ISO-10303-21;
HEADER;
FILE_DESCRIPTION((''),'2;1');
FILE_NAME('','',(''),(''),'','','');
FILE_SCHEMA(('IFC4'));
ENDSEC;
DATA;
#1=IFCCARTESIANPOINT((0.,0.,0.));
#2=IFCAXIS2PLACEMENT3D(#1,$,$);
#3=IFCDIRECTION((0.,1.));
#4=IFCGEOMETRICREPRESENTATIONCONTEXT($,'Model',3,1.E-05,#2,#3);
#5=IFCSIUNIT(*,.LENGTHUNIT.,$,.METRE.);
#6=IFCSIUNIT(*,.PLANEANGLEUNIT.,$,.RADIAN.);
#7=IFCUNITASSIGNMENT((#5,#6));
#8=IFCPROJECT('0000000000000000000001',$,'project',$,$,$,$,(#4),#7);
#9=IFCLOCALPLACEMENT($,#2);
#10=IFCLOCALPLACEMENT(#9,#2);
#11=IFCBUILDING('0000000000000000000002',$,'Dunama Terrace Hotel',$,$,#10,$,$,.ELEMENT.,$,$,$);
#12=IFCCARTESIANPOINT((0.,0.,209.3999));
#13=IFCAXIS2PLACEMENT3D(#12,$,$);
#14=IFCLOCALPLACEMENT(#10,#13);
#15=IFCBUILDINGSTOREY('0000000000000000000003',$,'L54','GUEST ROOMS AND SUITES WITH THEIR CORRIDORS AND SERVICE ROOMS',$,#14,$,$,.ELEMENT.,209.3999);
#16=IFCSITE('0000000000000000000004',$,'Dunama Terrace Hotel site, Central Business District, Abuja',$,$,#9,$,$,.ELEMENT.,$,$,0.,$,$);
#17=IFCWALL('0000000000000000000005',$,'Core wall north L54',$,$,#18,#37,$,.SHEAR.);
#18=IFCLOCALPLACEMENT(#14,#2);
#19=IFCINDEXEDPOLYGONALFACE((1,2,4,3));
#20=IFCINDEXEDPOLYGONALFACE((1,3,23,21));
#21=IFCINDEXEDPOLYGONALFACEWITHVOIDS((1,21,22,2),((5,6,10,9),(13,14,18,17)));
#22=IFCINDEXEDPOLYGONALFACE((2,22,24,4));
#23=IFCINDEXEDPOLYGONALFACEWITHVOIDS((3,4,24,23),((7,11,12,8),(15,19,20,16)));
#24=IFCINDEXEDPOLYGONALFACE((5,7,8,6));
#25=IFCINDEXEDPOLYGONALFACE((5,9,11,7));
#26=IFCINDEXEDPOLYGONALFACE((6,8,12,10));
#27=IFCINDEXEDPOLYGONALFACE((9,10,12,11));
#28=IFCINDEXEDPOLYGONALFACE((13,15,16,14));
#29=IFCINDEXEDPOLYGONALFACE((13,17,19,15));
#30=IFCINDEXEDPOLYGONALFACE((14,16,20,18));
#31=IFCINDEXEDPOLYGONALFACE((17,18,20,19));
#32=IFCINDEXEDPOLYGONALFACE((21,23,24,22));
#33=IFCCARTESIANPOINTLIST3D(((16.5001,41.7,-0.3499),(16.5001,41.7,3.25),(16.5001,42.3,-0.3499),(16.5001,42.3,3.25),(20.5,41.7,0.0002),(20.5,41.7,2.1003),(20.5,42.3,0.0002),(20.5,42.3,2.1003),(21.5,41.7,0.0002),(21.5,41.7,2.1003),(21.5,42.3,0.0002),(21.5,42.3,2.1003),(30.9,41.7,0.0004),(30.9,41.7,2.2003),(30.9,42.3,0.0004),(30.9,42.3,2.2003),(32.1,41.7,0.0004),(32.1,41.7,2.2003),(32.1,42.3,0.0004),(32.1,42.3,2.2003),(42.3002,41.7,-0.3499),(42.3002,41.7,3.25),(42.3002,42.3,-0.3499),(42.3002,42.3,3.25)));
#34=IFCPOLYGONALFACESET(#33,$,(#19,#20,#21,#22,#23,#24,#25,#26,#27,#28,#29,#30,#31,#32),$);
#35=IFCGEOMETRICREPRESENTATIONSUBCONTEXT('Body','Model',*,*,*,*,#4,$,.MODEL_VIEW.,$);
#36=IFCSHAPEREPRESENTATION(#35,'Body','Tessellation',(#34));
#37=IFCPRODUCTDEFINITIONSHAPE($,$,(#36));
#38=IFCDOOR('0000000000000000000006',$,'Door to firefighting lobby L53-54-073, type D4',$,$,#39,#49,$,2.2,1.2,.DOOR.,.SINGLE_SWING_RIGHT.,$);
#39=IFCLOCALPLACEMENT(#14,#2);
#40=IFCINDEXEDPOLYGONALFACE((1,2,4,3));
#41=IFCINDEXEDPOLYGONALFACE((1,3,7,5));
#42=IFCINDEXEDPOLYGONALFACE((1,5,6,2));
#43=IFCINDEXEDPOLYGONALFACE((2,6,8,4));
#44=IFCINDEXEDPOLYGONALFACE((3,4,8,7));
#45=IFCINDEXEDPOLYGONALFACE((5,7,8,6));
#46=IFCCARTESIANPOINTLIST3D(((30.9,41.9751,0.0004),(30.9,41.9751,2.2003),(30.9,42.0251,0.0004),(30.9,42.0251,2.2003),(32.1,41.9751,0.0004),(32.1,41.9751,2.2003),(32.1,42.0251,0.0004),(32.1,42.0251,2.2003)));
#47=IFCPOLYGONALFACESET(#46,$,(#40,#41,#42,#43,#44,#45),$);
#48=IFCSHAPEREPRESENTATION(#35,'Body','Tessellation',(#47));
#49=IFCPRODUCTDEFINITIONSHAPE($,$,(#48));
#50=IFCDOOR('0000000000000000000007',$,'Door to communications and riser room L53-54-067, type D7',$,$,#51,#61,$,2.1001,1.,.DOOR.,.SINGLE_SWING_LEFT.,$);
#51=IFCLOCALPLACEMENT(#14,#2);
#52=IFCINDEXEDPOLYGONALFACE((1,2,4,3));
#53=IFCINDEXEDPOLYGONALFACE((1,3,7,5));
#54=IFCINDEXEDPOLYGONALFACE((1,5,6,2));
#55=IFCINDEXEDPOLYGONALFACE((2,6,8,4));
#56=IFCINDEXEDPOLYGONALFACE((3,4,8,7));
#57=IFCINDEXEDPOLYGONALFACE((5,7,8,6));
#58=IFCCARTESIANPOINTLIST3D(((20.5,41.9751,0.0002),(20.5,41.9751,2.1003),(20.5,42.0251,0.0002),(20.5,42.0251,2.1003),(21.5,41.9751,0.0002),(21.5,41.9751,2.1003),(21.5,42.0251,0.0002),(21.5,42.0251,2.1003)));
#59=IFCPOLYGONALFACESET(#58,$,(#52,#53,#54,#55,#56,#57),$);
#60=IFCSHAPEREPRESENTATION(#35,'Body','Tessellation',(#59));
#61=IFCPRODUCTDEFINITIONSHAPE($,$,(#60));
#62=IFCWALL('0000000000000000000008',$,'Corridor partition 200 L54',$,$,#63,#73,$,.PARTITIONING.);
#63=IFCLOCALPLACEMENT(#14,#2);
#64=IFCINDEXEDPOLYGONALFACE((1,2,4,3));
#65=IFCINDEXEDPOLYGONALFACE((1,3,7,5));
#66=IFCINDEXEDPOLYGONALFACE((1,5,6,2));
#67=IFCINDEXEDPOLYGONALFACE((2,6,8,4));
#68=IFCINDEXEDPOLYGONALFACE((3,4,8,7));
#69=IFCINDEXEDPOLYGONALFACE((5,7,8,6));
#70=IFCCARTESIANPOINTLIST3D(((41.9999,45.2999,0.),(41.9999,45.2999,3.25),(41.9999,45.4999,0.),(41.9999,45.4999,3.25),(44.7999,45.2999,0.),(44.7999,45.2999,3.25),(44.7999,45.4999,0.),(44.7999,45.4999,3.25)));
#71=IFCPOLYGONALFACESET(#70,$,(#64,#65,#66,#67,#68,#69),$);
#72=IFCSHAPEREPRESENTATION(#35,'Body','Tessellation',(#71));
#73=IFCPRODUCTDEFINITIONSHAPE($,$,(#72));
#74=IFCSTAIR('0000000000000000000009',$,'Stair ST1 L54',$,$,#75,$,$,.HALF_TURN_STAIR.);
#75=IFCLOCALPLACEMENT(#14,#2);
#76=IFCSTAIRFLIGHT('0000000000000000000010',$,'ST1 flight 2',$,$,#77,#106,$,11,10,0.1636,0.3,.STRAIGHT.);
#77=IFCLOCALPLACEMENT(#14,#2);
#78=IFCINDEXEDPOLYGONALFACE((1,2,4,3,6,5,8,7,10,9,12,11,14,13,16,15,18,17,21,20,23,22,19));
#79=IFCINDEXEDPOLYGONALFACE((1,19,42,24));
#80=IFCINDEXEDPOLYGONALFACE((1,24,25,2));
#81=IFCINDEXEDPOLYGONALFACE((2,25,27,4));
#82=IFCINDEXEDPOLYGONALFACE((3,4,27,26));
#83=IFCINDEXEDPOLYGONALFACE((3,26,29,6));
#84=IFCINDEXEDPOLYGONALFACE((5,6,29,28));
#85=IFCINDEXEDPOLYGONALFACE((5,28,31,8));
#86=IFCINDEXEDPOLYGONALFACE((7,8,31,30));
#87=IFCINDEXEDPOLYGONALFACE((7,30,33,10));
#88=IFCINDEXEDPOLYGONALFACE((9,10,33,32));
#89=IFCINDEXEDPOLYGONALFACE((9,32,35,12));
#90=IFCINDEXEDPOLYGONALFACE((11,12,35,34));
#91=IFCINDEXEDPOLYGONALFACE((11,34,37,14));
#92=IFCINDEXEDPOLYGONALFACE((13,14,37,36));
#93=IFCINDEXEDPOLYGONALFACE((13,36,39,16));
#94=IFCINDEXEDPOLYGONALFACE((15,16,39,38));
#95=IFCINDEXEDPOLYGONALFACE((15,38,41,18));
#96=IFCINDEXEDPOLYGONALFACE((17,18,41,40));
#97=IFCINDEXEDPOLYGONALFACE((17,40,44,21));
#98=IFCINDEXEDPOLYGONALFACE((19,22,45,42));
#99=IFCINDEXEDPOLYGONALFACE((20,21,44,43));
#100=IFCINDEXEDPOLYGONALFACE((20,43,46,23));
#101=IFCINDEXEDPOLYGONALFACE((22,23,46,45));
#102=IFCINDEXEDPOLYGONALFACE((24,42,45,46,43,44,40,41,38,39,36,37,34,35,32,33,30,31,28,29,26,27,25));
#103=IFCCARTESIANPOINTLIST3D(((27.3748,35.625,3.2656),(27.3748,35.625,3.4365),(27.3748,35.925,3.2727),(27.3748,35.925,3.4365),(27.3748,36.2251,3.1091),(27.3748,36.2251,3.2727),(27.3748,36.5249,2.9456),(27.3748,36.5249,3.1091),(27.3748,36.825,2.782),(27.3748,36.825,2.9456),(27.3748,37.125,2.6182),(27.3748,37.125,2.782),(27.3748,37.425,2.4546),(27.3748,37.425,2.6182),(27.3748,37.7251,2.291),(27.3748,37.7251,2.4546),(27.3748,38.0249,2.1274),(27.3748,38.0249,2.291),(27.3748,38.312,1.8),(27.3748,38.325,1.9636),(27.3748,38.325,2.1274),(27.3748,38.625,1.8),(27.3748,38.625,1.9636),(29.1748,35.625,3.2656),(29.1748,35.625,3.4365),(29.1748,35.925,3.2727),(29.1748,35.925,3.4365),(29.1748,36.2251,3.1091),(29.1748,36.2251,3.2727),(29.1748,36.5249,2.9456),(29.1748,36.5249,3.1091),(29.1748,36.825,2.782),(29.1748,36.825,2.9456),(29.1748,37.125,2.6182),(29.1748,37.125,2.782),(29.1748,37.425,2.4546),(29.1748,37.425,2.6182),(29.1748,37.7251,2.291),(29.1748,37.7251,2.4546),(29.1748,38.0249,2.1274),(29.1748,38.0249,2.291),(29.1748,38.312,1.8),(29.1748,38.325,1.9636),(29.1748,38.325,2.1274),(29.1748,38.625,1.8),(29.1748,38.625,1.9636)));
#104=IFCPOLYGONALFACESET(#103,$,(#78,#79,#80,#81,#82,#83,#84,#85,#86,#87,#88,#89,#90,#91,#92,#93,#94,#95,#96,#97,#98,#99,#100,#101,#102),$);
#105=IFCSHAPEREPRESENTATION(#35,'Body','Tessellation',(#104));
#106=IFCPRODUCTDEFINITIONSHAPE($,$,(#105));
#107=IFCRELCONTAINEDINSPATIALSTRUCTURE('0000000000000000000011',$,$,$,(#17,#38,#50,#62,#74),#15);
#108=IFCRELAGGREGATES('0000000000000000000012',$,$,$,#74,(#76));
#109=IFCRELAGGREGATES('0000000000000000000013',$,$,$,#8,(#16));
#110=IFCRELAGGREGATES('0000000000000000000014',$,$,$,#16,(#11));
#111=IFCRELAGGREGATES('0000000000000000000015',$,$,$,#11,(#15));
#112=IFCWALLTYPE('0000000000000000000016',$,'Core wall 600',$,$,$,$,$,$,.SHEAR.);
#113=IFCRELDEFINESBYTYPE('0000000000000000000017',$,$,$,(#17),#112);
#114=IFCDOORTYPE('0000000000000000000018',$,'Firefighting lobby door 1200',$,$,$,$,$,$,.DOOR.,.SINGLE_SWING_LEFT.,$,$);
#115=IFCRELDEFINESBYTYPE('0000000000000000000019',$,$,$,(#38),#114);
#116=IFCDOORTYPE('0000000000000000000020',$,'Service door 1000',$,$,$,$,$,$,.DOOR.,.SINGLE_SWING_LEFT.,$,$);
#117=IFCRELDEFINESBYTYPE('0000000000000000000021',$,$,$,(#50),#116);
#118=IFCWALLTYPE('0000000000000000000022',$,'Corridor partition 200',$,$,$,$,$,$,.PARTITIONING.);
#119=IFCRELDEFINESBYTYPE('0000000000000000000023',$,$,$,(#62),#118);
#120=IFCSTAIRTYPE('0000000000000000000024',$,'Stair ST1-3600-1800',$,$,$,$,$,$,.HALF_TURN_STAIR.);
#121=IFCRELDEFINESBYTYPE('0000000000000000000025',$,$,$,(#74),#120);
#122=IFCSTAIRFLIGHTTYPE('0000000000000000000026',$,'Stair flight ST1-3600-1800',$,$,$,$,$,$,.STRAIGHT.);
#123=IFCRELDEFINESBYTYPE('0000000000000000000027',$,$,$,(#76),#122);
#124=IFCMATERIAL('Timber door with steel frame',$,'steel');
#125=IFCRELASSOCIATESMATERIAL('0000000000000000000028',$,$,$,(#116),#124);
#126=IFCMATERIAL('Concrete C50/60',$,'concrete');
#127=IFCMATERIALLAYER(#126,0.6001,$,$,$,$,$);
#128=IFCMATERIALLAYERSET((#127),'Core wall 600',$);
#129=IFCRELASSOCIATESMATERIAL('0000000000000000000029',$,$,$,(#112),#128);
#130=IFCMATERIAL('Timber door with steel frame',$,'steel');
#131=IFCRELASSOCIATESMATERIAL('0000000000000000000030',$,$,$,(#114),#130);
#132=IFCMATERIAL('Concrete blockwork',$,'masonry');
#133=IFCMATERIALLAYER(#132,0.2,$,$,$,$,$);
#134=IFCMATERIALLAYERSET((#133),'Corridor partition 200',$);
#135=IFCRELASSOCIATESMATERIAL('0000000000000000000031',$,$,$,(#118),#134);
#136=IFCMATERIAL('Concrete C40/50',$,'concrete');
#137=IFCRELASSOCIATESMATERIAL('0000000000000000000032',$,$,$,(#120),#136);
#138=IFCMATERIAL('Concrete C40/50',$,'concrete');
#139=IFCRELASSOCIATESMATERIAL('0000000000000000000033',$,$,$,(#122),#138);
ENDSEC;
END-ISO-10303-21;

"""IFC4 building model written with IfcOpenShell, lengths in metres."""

from ifc_helpers import new_model, si_unit, direction, frame, frame_2d, origin, place, context, subcontext, project, spatial, polyline, rectangle, outline, extrude, material, layer, layer_set, type_object, element, fill, aggregate, save


model = new_model("IFC4")

# Units and contexts
model_context = context("Model", 3, precision=1e-05, world=origin(), true_north=direction((0.0, 1.0)))
body_context = subcontext(model_context, "Body", "Model", "MODEL_VIEW")
ifc_project = project(units=[si_unit("LENGTHUNIT", "METRE"), si_unit("PLANEANGLEUNIT", "RADIAN")], contexts=[model_context])

# Site, building, storey
site_placement = place(None, origin())
site = spatial("IfcSite", under=ifc_project, at=site_placement, Name="Dunama Terrace Hotel site, Central Business District, Abuja", CompositionType="ELEMENT", RefElevation=0.0)
building_placement = place(site_placement, origin())
building = spatial("IfcBuilding", under=site, at=building_placement, Name="Dunama Terrace Hotel", CompositionType="ELEMENT")
storey_placement = place(building_placement, frame((0.0, 0.0, 209.3999)))
storey = spatial("IfcBuildingStorey", under=building, at=storey_placement, Name="L54", Description="GUEST ROOMS AND SUITES WITH THEIR CORRIDORS AND SERVICE ROOMS", CompositionType="ELEMENT", Elevation=209.3999)

# Shared definitions
ifc_material_1 = material(Name="Timber door with steel frame", Category="steel")
door_type_1 = type_object("IfcDoorType", Name="Service door 1000", OperationType="SINGLE_SWING_LEFT", PredefinedType="DOOR", material=ifc_material_1)

# Wall, openings, doors
ifc_material_2 = material(Name="Concrete C50/60", Category="concrete")
ifc_layer_1 = layer(ifc_material_2, 0.6001)
ifc_layer_set_1 = layer_set([ifc_layer_1], Name="Core wall 600")
wall_type_1 = type_object("IfcWallType", Name="Core wall 600", PredefinedType="SHEAR", material=ifc_layer_set_1)
wall_1_placement = place(storey_placement, frame((42.3, 42.0, -0.3499), z_axis=(0.0, 0.0, 1.0), x_axis=(-1.0, 0.0, 0.0)))
wall_1 = element("IfcWall", 1, at=wall_1_placement, inside=storey, type_object=wall_type_1, Name="Core wall north L54", PredefinedType="SHEAR", context=body_context, shape_type="SweptSolid", body=[
    extrude(rectangle(XDim=25.8, YDim=0.6001, at=frame_2d((12.8999, 0.0))), origin(), (0.0, 0.0, 1.0), 3.5999),
])
opening_1_placement = place(wall_1_placement, frame((20.8, 0.0, 0.3501)))
opening_1 = element("IfcOpeningElement", 2, at=opening_1_placement, cuts=wall_1, PredefinedType="OPENING", context=body_context, shape_type="SweptSolid", body=[
    extrude(rectangle(XDim=1.0, YDim=2.1001, at=frame_2d((0.5, 1.05))), frame((0.0, 0.3101, 0.0), z_axis=(0.0, -1.0, 0.0), x_axis=(1.0, 0.0, 0.0)), (0.0, 0.0, 1.0), 0.6201),
])
opening_2_placement = place(wall_1_placement, frame((10.2, 0.0, 0.3501)))
opening_2 = element("IfcOpeningElement", 3, at=opening_2_placement, cuts=wall_1, PredefinedType="OPENING", context=body_context, shape_type="SweptSolid", body=[
    extrude(rectangle(XDim=1.2, YDim=2.2, at=frame_2d((0.6001, 1.1001))), frame((0.0, 0.3101, 0.0), z_axis=(0.0, -1.0, 0.0), x_axis=(1.0, 0.0, 0.0)), (0.0, 0.0, 1.0), 0.6201),
])
ifc_material_3 = material(Name="Timber door with steel frame", Category="steel")
door_type_2 = type_object("IfcDoorType", Name="Firefighting lobby door 1200", OperationType="SINGLE_SWING_LEFT", PredefinedType="DOOR", material=ifc_material_3)
door_1_placement = place(opening_2_placement, origin())
door_1 = element("IfcDoor", 4, at=door_1_placement, inside=storey, type_object=door_type_2, Name="Door to firefighting lobby L53-54-073, type D4", OperationType="SINGLE_SWING_RIGHT", OverallHeight=2.2, OverallWidth=1.2, PredefinedType="DOOR", context=body_context, shape_type="SweptSolid", body=[
    extrude(rectangle(XDim=1.2, YDim=2.2, at=frame_2d((0.6001, 1.1001))), frame((0.0, 0.0249, 0.0), z_axis=(0.0, -1.0, 0.0), x_axis=(1.0, 0.0, 0.0)), (0.0, 0.0, 1.0), 0.05),
])
fill(opening_2, door_1)
door_2_placement = place(opening_1_placement, origin())
door_2 = element("IfcDoor", 5, at=door_2_placement, inside=storey, type_object=door_type_1, Name="Door to communications and riser room L53-54-067, type D7", OperationType="SINGLE_SWING_LEFT", OverallHeight=2.1001, OverallWidth=1.0, PredefinedType="DOOR", context=body_context, shape_type="SweptSolid", body=[
    extrude(rectangle(XDim=1.0, YDim=2.1001, at=frame_2d((0.5, 1.05))), frame((0.0, 0.0249, 0.0), z_axis=(0.0, -1.0, 0.0), x_axis=(1.0, 0.0, 0.0)), (0.0, 0.0, 1.0), 0.05),
])
fill(opening_1, door_2)

# Wall
ifc_material_4 = material(Name="Concrete blockwork", Category="masonry")
ifc_layer_2 = layer(ifc_material_4, 0.2)
ifc_layer_set_2 = layer_set([ifc_layer_2], Name="Corridor partition 200")
wall_type_2 = type_object("IfcWallType", Name="Corridor partition 200", PredefinedType="PARTITIONING", material=ifc_layer_set_2)
wall_2_placement = place(storey_placement, frame((42.0, 45.3999, 0.0), z_axis=(0.0, 0.0, 1.0), x_axis=(1.0, 0.0, 0.0)))
element("IfcWall", 6, at=wall_2_placement, inside=storey, type_object=wall_type_2, Name="Corridor partition 200 L54", PredefinedType="PARTITIONING", context=body_context, shape_type="SweptSolid", body=[
    extrude(rectangle(XDim=2.8, YDim=0.2, at=frame_2d((1.3999, 0.0))), origin(), (0.0, 0.0, 1.0), 3.25),
])

# Stair, stair flight
ifc_material_5 = material(Name="Concrete C40/50", Category="concrete")
stair_type = type_object("IfcStairType", Name="Stair ST1-3600-1800", PredefinedType="HALF_TURN_STAIR", material=ifc_material_5)
stair_placement = place(storey_placement, origin())
stair = element("IfcStair", 7, at=stair_placement, inside=storey, type_object=stair_type, Name="Stair ST1 L54", PredefinedType="HALF_TURN_STAIR")
ifc_material_6 = material(Name="Concrete C40/50", Category="concrete")
stair_flight_type = type_object("IfcStairFlightType", Name="Stair flight ST1-3600-1800", PredefinedType="STRAIGHT", material=ifc_material_6)
stair_flight_placement = place(storey_placement, frame((28.2749, 38.625, 1.8), z_axis=(0.0, 0.0, 1.0), x_axis=(0.0, -1.0, 0.0)))
stair_flight = element("IfcStairFlight", 8, at=stair_flight_placement, type_object=stair_flight_type, Name="ST1 flight 2", NumberOfRisers=11, NumberOfTreads=10, PredefinedType="STRAIGHT", RiserHeight=0.1636, TreadLength=0.3, context=body_context, shape_type="SweptSolid", body=[
    extrude(outline(polyline([(0.0, 0.0), (0.0, 0.1636), (0.3, 0.1636), (0.3, 0.3274), (0.6001, 0.3274), (0.6001, 0.491), (0.8999, 0.491), (0.8999, 0.6545), (1.2, 0.6545), (1.2, 0.8181), (1.5, 0.8181), (1.5, 0.9819), (1.8, 0.9819), (1.8, 1.1455), (2.1001, 1.1455), (2.1001, 1.3091), (2.3999, 1.3091), (2.3999, 1.4727), (2.7, 1.4727), (2.7, 1.6365), (3.0, 1.6365), (3.0, 1.8), (3.0, 1.4656), (0.313, 0.0), (0.0, 0.0)])), frame((0.0, 0.8999, 0.0), z_axis=(0.0, -1.0, 0.0), x_axis=(1.0, 0.0, 0.0)), (0.0, 0.0, 1.0), 1.8),
])
aggregate(stair, [stair_flight])

save(model, "model.ifc")
